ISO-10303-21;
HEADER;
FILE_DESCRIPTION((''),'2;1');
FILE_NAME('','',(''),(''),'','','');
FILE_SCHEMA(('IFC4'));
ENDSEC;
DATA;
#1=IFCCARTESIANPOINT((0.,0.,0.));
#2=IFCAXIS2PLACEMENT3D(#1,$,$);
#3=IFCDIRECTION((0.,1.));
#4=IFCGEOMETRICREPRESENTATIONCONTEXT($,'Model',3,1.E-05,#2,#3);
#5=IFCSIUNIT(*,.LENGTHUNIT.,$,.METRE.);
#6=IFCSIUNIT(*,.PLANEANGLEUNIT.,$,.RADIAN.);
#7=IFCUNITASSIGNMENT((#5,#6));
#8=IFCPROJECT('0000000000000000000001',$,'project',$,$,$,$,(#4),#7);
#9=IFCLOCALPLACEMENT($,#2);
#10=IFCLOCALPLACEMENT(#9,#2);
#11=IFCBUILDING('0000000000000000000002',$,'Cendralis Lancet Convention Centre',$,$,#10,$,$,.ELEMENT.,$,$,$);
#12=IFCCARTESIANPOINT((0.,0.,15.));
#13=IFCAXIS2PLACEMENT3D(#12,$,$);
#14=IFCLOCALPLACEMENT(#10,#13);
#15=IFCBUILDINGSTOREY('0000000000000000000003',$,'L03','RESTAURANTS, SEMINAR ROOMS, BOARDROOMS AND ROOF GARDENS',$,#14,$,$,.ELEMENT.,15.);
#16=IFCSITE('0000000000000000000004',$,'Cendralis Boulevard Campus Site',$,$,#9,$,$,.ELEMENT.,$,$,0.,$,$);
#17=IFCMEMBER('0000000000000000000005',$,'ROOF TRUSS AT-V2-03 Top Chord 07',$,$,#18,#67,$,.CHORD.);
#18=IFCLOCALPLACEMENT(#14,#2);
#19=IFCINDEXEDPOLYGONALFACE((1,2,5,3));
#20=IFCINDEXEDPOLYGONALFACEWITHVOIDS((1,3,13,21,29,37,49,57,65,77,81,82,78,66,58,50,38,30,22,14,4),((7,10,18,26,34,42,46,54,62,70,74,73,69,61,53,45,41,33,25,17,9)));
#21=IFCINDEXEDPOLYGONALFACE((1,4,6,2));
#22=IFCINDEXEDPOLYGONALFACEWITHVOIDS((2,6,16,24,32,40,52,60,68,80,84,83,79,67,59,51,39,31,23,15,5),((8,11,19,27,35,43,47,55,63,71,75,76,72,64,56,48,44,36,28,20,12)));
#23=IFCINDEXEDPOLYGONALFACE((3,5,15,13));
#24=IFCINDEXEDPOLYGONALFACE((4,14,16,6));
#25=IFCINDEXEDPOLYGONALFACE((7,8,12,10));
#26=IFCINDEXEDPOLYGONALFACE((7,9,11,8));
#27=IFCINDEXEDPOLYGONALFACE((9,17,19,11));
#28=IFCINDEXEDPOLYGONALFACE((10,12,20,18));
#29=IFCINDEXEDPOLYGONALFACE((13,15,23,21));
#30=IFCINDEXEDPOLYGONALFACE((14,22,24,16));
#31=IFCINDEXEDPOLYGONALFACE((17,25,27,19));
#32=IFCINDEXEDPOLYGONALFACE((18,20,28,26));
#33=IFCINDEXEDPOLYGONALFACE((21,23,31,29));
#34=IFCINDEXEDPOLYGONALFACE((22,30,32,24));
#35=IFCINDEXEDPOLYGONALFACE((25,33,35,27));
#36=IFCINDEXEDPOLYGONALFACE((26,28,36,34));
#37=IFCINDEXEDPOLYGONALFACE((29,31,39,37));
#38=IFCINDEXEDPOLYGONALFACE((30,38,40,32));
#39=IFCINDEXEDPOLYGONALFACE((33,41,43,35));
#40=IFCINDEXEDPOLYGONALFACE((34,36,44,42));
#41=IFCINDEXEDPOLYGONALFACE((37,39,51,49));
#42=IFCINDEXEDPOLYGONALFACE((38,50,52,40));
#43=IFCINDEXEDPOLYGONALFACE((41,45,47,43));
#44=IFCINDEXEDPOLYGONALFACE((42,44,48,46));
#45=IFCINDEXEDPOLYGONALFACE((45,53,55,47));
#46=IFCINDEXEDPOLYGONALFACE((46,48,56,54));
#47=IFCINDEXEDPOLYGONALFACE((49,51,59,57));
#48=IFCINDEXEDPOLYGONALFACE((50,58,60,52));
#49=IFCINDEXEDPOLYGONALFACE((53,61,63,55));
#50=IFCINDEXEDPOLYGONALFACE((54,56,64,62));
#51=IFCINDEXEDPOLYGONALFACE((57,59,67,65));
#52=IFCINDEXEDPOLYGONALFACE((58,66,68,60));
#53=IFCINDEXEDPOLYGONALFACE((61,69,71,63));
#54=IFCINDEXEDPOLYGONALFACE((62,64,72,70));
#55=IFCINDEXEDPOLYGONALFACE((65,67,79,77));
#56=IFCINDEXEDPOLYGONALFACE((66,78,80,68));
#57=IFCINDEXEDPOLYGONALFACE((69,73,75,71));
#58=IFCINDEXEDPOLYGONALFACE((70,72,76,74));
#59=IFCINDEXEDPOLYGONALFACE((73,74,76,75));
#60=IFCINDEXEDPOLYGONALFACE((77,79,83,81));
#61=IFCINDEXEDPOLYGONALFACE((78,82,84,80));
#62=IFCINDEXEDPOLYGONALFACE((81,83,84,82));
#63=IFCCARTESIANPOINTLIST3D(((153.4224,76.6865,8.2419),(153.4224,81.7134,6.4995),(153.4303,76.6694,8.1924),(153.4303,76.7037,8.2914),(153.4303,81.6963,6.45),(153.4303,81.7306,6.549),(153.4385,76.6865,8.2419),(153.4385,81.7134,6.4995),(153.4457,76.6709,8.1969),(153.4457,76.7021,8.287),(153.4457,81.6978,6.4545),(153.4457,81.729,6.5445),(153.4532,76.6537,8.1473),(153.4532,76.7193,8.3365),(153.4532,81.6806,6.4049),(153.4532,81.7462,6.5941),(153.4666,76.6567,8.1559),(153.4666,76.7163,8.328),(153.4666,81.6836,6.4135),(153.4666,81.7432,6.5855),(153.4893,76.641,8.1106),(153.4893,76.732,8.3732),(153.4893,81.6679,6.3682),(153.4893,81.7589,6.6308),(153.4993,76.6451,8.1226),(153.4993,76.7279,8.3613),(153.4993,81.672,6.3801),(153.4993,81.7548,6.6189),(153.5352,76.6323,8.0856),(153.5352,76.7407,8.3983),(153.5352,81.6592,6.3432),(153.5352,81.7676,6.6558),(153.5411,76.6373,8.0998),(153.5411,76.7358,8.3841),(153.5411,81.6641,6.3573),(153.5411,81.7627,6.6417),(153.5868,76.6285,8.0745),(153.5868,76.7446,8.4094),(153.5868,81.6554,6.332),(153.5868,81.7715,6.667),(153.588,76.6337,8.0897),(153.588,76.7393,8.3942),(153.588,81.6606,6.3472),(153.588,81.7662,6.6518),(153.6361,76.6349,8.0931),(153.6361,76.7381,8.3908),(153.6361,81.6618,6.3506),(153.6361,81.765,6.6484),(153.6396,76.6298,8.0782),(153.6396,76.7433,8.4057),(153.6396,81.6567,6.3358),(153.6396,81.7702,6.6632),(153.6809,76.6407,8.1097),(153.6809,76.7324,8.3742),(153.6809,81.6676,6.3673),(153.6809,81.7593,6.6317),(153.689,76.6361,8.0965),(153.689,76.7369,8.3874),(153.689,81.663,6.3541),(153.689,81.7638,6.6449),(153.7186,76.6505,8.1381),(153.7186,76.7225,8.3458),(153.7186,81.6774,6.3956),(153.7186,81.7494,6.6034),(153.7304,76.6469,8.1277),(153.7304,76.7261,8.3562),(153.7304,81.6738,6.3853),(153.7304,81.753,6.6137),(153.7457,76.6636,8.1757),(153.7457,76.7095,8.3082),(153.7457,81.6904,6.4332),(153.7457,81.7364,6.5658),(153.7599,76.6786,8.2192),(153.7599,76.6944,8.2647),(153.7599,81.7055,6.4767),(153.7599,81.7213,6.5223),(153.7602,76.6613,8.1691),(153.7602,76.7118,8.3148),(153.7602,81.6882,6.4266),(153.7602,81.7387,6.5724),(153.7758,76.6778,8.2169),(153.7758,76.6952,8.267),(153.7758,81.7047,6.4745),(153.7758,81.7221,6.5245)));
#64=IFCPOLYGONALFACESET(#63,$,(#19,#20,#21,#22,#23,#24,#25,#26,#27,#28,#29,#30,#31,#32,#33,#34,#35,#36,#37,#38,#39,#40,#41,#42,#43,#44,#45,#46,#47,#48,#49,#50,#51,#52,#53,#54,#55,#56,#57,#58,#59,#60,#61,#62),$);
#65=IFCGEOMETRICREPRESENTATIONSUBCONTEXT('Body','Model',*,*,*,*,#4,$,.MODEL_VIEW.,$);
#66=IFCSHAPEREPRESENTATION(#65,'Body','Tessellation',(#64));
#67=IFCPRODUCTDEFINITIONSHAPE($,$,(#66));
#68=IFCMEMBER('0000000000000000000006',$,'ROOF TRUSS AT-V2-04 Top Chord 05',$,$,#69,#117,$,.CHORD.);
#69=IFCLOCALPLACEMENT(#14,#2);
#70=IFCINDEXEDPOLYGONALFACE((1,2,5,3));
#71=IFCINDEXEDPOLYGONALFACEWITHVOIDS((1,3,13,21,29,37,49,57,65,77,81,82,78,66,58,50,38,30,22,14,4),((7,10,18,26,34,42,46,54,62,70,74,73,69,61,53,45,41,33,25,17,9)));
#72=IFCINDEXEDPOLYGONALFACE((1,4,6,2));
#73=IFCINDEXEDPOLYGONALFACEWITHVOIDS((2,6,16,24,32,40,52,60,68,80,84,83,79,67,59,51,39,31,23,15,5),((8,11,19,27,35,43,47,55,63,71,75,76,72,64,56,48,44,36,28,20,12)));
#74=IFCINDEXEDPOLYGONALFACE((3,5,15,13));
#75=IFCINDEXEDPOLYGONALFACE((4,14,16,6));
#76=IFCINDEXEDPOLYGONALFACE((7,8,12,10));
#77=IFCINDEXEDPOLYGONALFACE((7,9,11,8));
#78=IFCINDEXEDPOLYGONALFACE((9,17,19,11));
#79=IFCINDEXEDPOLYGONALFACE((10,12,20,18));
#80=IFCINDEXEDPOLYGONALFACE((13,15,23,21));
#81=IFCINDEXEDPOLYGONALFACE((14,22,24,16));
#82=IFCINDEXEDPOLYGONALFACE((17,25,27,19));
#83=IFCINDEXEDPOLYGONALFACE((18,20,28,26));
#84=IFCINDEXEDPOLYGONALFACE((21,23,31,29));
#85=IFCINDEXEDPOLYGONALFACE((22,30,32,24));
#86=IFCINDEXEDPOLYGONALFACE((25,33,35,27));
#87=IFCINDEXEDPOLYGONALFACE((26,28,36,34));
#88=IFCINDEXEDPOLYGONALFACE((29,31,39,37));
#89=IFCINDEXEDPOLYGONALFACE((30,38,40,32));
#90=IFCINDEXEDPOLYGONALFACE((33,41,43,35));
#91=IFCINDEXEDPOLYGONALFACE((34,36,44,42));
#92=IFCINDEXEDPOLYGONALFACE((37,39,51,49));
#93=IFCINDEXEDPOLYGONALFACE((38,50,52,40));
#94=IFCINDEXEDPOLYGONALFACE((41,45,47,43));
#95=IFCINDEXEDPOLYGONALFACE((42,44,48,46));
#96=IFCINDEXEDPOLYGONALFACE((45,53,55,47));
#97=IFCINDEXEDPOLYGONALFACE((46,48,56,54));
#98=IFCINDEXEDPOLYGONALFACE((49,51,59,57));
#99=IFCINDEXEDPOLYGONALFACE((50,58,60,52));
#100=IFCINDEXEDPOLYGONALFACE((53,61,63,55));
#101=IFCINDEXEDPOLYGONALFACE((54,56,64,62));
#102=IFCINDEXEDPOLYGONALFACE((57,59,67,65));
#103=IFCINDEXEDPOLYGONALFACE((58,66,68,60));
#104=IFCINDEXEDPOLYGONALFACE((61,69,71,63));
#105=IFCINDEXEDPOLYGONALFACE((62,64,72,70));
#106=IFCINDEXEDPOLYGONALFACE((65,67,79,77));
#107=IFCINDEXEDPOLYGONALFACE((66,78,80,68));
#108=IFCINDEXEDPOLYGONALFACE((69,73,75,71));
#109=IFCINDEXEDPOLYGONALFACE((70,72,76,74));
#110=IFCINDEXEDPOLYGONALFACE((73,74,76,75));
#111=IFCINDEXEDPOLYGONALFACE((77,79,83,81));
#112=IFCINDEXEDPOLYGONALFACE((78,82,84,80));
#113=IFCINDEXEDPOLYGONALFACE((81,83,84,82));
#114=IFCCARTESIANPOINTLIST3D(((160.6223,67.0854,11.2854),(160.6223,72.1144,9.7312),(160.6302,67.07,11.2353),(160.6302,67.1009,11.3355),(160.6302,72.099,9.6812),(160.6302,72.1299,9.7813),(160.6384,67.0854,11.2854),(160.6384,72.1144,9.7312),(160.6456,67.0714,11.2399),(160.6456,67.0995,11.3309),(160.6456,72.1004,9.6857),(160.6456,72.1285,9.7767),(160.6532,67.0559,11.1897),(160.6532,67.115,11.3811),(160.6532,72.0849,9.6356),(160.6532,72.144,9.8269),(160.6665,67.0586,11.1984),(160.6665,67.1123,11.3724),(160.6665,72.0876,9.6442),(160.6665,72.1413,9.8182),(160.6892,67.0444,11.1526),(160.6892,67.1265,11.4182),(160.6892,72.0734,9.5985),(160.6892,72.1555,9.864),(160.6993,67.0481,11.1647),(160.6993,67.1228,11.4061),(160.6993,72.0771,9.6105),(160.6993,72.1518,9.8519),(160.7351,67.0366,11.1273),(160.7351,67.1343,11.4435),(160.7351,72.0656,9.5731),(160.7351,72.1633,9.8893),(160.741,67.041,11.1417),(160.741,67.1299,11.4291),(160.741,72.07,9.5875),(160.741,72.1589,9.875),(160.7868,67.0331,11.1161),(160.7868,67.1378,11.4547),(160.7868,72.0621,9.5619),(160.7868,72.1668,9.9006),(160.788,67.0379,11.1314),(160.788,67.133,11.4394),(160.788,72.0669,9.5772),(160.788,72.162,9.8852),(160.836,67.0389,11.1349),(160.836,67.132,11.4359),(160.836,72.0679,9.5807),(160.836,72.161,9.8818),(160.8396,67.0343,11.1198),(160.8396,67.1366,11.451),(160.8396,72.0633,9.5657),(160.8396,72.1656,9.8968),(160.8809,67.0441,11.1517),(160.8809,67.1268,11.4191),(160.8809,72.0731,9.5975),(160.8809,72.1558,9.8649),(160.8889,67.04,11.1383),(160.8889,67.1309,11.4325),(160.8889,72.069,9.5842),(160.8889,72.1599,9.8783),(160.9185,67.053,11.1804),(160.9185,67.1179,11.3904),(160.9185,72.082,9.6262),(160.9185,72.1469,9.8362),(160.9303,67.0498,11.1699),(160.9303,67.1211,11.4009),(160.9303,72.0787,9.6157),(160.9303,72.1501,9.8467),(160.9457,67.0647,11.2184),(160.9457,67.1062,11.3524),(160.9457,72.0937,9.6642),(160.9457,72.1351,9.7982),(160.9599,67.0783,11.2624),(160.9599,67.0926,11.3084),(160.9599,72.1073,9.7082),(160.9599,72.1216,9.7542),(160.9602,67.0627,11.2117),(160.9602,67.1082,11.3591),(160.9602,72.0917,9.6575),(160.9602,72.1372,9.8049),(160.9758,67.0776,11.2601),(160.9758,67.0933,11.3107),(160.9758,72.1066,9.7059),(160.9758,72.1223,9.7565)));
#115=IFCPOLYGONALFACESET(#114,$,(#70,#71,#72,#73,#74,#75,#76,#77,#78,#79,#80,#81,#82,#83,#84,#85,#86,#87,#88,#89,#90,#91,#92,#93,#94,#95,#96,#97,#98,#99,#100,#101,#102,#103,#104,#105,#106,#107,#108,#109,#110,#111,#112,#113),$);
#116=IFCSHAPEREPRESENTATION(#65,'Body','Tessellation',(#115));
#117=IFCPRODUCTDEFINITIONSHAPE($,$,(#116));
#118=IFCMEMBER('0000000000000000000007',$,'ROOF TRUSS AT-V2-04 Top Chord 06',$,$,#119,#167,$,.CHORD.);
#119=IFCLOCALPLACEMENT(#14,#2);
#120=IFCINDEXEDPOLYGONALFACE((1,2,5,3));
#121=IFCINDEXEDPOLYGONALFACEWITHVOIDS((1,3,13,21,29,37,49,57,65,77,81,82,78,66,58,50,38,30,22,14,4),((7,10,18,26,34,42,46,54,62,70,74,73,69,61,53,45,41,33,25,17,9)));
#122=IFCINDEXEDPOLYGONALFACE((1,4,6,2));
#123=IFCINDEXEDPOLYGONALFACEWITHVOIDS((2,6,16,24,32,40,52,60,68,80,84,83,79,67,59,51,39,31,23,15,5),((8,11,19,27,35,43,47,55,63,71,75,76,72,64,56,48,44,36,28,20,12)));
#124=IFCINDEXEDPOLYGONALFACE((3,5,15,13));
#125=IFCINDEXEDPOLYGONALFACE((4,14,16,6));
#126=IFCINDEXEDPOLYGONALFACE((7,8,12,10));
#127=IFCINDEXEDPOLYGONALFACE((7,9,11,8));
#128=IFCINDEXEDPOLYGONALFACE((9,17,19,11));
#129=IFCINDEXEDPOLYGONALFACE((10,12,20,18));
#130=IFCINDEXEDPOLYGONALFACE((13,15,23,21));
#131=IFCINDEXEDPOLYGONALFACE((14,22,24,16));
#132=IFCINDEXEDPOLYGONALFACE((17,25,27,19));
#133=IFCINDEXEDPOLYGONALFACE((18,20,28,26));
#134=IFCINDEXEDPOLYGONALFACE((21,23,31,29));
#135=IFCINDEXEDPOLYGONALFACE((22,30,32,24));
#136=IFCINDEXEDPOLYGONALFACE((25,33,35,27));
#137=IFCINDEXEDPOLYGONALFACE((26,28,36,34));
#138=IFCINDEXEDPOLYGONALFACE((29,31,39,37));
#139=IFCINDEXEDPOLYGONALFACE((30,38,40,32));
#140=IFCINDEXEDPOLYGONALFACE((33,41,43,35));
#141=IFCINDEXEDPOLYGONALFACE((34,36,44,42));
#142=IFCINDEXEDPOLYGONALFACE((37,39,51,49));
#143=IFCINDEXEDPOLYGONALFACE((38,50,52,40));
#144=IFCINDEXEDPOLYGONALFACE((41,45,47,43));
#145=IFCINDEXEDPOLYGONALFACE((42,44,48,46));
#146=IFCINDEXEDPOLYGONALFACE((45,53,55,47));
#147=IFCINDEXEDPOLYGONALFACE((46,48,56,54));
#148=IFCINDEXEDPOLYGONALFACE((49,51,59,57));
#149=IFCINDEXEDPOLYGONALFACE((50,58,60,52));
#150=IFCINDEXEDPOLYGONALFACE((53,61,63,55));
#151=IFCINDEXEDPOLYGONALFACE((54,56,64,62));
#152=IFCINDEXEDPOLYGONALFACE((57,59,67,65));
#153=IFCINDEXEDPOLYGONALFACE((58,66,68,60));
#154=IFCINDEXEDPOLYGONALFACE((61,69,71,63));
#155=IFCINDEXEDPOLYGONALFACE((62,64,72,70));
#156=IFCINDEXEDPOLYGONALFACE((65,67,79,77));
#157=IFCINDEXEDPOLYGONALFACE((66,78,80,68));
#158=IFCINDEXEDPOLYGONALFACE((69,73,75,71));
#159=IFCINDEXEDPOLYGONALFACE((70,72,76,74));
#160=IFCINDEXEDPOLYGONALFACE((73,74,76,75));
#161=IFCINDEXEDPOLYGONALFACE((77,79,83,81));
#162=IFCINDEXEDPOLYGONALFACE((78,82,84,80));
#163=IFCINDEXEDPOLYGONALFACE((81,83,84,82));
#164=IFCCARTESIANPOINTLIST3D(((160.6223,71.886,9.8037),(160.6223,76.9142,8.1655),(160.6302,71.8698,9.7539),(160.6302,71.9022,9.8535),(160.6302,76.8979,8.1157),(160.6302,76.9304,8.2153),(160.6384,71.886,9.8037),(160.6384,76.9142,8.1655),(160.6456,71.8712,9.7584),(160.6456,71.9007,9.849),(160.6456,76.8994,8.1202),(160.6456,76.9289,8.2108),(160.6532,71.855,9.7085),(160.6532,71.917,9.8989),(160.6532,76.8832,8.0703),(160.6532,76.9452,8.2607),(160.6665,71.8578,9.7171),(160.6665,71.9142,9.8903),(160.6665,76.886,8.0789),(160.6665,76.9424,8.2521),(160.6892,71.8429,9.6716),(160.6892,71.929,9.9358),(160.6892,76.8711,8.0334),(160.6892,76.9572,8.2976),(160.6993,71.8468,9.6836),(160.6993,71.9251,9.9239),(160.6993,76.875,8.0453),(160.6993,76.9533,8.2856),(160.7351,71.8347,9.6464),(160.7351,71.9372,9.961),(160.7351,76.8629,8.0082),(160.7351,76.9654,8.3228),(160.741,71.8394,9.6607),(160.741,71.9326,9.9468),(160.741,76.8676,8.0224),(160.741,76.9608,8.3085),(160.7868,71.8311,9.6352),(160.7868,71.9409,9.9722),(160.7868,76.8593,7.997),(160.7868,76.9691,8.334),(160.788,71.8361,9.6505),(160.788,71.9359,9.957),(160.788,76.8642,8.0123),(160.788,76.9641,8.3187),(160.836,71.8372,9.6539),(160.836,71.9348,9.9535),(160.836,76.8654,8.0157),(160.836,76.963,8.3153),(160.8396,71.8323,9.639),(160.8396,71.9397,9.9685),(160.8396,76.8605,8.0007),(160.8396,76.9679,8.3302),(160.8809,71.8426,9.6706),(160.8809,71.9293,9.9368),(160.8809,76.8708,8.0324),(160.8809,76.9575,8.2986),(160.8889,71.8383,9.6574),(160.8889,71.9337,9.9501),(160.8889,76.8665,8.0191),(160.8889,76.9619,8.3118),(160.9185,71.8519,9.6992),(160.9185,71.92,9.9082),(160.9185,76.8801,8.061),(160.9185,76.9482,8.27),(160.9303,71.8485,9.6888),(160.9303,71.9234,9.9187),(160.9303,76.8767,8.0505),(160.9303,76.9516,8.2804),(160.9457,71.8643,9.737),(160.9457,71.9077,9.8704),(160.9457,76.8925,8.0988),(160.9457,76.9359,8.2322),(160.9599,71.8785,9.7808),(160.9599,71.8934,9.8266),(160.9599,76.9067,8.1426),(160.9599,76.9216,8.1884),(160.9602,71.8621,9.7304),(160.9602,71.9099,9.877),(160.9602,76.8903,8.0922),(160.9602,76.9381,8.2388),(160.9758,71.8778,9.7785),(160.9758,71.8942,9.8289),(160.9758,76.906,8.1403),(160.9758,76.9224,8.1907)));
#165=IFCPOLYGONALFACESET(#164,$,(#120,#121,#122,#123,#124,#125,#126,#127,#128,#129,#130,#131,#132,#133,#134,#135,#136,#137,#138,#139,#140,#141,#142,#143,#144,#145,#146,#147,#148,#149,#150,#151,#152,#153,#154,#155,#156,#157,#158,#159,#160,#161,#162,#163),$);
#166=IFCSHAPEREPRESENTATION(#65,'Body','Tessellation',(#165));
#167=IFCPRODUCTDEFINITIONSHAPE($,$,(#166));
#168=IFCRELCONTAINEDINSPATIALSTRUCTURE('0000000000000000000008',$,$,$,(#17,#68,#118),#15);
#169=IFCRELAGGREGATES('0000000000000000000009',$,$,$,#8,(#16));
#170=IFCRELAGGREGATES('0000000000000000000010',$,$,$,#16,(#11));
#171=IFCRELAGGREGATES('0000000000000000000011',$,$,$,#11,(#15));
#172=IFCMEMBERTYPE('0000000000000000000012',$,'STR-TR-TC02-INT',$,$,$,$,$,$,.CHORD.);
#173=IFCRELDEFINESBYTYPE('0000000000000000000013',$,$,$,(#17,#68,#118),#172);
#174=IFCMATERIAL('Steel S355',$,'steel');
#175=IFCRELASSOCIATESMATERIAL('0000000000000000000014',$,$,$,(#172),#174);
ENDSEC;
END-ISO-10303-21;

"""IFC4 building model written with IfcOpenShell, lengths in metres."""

from ifc_helpers import new_model, si_unit, direction, frame, origin, origin_2d, place, context, subcontext, project, spatial, hollow_circle, extrude, material, material_profile, profile_set, type_object, element, save


model = new_model("IFC4")

# Units and contexts
model_context = context("Model", 3, precision=1e-05, world=origin(), true_north=direction((0.0, 1.0)))
body_context = subcontext(model_context, "Body", "Model", "MODEL_VIEW")
ifc_project = project(units=[si_unit("LENGTHUNIT", "METRE"), si_unit("PLANEANGLEUNIT", "RADIAN")], contexts=[model_context])

# Site, building, storey
site_placement = place(None, origin())
site = spatial("IfcSite", under=ifc_project, at=site_placement, Name="Cendralis Boulevard Campus Site", CompositionType="ELEMENT", RefElevation=0.0)
building_placement = place(site_placement, origin())
building = spatial("IfcBuilding", under=site, at=building_placement, Name="Cendralis Lancet Convention Centre", CompositionType="ELEMENT")
storey_placement = place(building_placement, frame((0.0, 0.0, 15.0)))
storey = spatial("IfcBuildingStorey", under=building, at=storey_placement, Name="L03", Description="RESTAURANTS, SEMINAR ROOMS, BOARDROOMS AND ROOF GARDENS", CompositionType="ELEMENT", Elevation=15.0)

# Shared definitions
ifc_material = material(Name="Steel S355", Category="steel")

# Members
ifc_material_profile_1 = material_profile(ifc_material, hollow_circle(Radius=0.1777, WallThickness=0.0161, at=origin_2d()), Name="CHS 355.6x16.0")
ifc_profile_set_1 = profile_set([ifc_material_profile_1], Name="Steel S355")
member_type_1 = type_object("IfcMemberType", Name="STR-TR-TC02-INT", PredefinedType="CHORD", material=ifc_profile_set_1)
member_1_placement = place(storey_placement, frame((153.6001, 76.6865, 8.2419), z_axis=(0.0, 0.944849, -0.327508), x_axis=(-1.0, 0.0, 0.0)))
element("IfcMember", 1, at=member_1_placement, inside=storey, type_object=member_type_1, Name="ROOF TRUSS AT-V2-03 Top Chord 07", PredefinedType="CHORD", context=body_context, shape_type="SweptSolid", body=[
    extrude(hollow_circle(Radius=0.1777, WallThickness=0.0161, at=origin_2d()), origin(), (0.0, 0.0, 1.0), 5.3203),
])
member_2_placement = place(storey_placement, frame((160.8, 67.0854, 11.2854), z_axis=(0.0, 0.955415, -0.295265), x_axis=(-1.0, 0.0, 0.0)))
element("IfcMember", 2, at=member_2_placement, inside=storey, type_object=member_type_1, Name="ROOF TRUSS AT-V2-04 Top Chord 05", PredefinedType="CHORD", context=body_context, shape_type="SweptSolid", body=[
    extrude(hollow_circle(Radius=0.1777, WallThickness=0.0161, at=origin_2d()), origin(), (0.0, 0.0, 1.0), 5.2637),
])
member_3_placement = place(storey_placement, frame((160.8, 71.886, 9.8037), z_axis=(0.0, 0.950808, -0.30978), x_axis=(-1.0, 0.0, 0.0)))
element("IfcMember", 3, at=member_3_placement, inside=storey, type_object=member_type_1, Name="ROOF TRUSS AT-V2-04 Top Chord 06", PredefinedType="CHORD", context=body_context, shape_type="SweptSolid", body=[
    extrude(hollow_circle(Radius=0.1777, WallThickness=0.0161, at=origin_2d()), origin(), (0.0, 0.0, 1.0), 5.2883),
])

save(model, "model.ifc")
